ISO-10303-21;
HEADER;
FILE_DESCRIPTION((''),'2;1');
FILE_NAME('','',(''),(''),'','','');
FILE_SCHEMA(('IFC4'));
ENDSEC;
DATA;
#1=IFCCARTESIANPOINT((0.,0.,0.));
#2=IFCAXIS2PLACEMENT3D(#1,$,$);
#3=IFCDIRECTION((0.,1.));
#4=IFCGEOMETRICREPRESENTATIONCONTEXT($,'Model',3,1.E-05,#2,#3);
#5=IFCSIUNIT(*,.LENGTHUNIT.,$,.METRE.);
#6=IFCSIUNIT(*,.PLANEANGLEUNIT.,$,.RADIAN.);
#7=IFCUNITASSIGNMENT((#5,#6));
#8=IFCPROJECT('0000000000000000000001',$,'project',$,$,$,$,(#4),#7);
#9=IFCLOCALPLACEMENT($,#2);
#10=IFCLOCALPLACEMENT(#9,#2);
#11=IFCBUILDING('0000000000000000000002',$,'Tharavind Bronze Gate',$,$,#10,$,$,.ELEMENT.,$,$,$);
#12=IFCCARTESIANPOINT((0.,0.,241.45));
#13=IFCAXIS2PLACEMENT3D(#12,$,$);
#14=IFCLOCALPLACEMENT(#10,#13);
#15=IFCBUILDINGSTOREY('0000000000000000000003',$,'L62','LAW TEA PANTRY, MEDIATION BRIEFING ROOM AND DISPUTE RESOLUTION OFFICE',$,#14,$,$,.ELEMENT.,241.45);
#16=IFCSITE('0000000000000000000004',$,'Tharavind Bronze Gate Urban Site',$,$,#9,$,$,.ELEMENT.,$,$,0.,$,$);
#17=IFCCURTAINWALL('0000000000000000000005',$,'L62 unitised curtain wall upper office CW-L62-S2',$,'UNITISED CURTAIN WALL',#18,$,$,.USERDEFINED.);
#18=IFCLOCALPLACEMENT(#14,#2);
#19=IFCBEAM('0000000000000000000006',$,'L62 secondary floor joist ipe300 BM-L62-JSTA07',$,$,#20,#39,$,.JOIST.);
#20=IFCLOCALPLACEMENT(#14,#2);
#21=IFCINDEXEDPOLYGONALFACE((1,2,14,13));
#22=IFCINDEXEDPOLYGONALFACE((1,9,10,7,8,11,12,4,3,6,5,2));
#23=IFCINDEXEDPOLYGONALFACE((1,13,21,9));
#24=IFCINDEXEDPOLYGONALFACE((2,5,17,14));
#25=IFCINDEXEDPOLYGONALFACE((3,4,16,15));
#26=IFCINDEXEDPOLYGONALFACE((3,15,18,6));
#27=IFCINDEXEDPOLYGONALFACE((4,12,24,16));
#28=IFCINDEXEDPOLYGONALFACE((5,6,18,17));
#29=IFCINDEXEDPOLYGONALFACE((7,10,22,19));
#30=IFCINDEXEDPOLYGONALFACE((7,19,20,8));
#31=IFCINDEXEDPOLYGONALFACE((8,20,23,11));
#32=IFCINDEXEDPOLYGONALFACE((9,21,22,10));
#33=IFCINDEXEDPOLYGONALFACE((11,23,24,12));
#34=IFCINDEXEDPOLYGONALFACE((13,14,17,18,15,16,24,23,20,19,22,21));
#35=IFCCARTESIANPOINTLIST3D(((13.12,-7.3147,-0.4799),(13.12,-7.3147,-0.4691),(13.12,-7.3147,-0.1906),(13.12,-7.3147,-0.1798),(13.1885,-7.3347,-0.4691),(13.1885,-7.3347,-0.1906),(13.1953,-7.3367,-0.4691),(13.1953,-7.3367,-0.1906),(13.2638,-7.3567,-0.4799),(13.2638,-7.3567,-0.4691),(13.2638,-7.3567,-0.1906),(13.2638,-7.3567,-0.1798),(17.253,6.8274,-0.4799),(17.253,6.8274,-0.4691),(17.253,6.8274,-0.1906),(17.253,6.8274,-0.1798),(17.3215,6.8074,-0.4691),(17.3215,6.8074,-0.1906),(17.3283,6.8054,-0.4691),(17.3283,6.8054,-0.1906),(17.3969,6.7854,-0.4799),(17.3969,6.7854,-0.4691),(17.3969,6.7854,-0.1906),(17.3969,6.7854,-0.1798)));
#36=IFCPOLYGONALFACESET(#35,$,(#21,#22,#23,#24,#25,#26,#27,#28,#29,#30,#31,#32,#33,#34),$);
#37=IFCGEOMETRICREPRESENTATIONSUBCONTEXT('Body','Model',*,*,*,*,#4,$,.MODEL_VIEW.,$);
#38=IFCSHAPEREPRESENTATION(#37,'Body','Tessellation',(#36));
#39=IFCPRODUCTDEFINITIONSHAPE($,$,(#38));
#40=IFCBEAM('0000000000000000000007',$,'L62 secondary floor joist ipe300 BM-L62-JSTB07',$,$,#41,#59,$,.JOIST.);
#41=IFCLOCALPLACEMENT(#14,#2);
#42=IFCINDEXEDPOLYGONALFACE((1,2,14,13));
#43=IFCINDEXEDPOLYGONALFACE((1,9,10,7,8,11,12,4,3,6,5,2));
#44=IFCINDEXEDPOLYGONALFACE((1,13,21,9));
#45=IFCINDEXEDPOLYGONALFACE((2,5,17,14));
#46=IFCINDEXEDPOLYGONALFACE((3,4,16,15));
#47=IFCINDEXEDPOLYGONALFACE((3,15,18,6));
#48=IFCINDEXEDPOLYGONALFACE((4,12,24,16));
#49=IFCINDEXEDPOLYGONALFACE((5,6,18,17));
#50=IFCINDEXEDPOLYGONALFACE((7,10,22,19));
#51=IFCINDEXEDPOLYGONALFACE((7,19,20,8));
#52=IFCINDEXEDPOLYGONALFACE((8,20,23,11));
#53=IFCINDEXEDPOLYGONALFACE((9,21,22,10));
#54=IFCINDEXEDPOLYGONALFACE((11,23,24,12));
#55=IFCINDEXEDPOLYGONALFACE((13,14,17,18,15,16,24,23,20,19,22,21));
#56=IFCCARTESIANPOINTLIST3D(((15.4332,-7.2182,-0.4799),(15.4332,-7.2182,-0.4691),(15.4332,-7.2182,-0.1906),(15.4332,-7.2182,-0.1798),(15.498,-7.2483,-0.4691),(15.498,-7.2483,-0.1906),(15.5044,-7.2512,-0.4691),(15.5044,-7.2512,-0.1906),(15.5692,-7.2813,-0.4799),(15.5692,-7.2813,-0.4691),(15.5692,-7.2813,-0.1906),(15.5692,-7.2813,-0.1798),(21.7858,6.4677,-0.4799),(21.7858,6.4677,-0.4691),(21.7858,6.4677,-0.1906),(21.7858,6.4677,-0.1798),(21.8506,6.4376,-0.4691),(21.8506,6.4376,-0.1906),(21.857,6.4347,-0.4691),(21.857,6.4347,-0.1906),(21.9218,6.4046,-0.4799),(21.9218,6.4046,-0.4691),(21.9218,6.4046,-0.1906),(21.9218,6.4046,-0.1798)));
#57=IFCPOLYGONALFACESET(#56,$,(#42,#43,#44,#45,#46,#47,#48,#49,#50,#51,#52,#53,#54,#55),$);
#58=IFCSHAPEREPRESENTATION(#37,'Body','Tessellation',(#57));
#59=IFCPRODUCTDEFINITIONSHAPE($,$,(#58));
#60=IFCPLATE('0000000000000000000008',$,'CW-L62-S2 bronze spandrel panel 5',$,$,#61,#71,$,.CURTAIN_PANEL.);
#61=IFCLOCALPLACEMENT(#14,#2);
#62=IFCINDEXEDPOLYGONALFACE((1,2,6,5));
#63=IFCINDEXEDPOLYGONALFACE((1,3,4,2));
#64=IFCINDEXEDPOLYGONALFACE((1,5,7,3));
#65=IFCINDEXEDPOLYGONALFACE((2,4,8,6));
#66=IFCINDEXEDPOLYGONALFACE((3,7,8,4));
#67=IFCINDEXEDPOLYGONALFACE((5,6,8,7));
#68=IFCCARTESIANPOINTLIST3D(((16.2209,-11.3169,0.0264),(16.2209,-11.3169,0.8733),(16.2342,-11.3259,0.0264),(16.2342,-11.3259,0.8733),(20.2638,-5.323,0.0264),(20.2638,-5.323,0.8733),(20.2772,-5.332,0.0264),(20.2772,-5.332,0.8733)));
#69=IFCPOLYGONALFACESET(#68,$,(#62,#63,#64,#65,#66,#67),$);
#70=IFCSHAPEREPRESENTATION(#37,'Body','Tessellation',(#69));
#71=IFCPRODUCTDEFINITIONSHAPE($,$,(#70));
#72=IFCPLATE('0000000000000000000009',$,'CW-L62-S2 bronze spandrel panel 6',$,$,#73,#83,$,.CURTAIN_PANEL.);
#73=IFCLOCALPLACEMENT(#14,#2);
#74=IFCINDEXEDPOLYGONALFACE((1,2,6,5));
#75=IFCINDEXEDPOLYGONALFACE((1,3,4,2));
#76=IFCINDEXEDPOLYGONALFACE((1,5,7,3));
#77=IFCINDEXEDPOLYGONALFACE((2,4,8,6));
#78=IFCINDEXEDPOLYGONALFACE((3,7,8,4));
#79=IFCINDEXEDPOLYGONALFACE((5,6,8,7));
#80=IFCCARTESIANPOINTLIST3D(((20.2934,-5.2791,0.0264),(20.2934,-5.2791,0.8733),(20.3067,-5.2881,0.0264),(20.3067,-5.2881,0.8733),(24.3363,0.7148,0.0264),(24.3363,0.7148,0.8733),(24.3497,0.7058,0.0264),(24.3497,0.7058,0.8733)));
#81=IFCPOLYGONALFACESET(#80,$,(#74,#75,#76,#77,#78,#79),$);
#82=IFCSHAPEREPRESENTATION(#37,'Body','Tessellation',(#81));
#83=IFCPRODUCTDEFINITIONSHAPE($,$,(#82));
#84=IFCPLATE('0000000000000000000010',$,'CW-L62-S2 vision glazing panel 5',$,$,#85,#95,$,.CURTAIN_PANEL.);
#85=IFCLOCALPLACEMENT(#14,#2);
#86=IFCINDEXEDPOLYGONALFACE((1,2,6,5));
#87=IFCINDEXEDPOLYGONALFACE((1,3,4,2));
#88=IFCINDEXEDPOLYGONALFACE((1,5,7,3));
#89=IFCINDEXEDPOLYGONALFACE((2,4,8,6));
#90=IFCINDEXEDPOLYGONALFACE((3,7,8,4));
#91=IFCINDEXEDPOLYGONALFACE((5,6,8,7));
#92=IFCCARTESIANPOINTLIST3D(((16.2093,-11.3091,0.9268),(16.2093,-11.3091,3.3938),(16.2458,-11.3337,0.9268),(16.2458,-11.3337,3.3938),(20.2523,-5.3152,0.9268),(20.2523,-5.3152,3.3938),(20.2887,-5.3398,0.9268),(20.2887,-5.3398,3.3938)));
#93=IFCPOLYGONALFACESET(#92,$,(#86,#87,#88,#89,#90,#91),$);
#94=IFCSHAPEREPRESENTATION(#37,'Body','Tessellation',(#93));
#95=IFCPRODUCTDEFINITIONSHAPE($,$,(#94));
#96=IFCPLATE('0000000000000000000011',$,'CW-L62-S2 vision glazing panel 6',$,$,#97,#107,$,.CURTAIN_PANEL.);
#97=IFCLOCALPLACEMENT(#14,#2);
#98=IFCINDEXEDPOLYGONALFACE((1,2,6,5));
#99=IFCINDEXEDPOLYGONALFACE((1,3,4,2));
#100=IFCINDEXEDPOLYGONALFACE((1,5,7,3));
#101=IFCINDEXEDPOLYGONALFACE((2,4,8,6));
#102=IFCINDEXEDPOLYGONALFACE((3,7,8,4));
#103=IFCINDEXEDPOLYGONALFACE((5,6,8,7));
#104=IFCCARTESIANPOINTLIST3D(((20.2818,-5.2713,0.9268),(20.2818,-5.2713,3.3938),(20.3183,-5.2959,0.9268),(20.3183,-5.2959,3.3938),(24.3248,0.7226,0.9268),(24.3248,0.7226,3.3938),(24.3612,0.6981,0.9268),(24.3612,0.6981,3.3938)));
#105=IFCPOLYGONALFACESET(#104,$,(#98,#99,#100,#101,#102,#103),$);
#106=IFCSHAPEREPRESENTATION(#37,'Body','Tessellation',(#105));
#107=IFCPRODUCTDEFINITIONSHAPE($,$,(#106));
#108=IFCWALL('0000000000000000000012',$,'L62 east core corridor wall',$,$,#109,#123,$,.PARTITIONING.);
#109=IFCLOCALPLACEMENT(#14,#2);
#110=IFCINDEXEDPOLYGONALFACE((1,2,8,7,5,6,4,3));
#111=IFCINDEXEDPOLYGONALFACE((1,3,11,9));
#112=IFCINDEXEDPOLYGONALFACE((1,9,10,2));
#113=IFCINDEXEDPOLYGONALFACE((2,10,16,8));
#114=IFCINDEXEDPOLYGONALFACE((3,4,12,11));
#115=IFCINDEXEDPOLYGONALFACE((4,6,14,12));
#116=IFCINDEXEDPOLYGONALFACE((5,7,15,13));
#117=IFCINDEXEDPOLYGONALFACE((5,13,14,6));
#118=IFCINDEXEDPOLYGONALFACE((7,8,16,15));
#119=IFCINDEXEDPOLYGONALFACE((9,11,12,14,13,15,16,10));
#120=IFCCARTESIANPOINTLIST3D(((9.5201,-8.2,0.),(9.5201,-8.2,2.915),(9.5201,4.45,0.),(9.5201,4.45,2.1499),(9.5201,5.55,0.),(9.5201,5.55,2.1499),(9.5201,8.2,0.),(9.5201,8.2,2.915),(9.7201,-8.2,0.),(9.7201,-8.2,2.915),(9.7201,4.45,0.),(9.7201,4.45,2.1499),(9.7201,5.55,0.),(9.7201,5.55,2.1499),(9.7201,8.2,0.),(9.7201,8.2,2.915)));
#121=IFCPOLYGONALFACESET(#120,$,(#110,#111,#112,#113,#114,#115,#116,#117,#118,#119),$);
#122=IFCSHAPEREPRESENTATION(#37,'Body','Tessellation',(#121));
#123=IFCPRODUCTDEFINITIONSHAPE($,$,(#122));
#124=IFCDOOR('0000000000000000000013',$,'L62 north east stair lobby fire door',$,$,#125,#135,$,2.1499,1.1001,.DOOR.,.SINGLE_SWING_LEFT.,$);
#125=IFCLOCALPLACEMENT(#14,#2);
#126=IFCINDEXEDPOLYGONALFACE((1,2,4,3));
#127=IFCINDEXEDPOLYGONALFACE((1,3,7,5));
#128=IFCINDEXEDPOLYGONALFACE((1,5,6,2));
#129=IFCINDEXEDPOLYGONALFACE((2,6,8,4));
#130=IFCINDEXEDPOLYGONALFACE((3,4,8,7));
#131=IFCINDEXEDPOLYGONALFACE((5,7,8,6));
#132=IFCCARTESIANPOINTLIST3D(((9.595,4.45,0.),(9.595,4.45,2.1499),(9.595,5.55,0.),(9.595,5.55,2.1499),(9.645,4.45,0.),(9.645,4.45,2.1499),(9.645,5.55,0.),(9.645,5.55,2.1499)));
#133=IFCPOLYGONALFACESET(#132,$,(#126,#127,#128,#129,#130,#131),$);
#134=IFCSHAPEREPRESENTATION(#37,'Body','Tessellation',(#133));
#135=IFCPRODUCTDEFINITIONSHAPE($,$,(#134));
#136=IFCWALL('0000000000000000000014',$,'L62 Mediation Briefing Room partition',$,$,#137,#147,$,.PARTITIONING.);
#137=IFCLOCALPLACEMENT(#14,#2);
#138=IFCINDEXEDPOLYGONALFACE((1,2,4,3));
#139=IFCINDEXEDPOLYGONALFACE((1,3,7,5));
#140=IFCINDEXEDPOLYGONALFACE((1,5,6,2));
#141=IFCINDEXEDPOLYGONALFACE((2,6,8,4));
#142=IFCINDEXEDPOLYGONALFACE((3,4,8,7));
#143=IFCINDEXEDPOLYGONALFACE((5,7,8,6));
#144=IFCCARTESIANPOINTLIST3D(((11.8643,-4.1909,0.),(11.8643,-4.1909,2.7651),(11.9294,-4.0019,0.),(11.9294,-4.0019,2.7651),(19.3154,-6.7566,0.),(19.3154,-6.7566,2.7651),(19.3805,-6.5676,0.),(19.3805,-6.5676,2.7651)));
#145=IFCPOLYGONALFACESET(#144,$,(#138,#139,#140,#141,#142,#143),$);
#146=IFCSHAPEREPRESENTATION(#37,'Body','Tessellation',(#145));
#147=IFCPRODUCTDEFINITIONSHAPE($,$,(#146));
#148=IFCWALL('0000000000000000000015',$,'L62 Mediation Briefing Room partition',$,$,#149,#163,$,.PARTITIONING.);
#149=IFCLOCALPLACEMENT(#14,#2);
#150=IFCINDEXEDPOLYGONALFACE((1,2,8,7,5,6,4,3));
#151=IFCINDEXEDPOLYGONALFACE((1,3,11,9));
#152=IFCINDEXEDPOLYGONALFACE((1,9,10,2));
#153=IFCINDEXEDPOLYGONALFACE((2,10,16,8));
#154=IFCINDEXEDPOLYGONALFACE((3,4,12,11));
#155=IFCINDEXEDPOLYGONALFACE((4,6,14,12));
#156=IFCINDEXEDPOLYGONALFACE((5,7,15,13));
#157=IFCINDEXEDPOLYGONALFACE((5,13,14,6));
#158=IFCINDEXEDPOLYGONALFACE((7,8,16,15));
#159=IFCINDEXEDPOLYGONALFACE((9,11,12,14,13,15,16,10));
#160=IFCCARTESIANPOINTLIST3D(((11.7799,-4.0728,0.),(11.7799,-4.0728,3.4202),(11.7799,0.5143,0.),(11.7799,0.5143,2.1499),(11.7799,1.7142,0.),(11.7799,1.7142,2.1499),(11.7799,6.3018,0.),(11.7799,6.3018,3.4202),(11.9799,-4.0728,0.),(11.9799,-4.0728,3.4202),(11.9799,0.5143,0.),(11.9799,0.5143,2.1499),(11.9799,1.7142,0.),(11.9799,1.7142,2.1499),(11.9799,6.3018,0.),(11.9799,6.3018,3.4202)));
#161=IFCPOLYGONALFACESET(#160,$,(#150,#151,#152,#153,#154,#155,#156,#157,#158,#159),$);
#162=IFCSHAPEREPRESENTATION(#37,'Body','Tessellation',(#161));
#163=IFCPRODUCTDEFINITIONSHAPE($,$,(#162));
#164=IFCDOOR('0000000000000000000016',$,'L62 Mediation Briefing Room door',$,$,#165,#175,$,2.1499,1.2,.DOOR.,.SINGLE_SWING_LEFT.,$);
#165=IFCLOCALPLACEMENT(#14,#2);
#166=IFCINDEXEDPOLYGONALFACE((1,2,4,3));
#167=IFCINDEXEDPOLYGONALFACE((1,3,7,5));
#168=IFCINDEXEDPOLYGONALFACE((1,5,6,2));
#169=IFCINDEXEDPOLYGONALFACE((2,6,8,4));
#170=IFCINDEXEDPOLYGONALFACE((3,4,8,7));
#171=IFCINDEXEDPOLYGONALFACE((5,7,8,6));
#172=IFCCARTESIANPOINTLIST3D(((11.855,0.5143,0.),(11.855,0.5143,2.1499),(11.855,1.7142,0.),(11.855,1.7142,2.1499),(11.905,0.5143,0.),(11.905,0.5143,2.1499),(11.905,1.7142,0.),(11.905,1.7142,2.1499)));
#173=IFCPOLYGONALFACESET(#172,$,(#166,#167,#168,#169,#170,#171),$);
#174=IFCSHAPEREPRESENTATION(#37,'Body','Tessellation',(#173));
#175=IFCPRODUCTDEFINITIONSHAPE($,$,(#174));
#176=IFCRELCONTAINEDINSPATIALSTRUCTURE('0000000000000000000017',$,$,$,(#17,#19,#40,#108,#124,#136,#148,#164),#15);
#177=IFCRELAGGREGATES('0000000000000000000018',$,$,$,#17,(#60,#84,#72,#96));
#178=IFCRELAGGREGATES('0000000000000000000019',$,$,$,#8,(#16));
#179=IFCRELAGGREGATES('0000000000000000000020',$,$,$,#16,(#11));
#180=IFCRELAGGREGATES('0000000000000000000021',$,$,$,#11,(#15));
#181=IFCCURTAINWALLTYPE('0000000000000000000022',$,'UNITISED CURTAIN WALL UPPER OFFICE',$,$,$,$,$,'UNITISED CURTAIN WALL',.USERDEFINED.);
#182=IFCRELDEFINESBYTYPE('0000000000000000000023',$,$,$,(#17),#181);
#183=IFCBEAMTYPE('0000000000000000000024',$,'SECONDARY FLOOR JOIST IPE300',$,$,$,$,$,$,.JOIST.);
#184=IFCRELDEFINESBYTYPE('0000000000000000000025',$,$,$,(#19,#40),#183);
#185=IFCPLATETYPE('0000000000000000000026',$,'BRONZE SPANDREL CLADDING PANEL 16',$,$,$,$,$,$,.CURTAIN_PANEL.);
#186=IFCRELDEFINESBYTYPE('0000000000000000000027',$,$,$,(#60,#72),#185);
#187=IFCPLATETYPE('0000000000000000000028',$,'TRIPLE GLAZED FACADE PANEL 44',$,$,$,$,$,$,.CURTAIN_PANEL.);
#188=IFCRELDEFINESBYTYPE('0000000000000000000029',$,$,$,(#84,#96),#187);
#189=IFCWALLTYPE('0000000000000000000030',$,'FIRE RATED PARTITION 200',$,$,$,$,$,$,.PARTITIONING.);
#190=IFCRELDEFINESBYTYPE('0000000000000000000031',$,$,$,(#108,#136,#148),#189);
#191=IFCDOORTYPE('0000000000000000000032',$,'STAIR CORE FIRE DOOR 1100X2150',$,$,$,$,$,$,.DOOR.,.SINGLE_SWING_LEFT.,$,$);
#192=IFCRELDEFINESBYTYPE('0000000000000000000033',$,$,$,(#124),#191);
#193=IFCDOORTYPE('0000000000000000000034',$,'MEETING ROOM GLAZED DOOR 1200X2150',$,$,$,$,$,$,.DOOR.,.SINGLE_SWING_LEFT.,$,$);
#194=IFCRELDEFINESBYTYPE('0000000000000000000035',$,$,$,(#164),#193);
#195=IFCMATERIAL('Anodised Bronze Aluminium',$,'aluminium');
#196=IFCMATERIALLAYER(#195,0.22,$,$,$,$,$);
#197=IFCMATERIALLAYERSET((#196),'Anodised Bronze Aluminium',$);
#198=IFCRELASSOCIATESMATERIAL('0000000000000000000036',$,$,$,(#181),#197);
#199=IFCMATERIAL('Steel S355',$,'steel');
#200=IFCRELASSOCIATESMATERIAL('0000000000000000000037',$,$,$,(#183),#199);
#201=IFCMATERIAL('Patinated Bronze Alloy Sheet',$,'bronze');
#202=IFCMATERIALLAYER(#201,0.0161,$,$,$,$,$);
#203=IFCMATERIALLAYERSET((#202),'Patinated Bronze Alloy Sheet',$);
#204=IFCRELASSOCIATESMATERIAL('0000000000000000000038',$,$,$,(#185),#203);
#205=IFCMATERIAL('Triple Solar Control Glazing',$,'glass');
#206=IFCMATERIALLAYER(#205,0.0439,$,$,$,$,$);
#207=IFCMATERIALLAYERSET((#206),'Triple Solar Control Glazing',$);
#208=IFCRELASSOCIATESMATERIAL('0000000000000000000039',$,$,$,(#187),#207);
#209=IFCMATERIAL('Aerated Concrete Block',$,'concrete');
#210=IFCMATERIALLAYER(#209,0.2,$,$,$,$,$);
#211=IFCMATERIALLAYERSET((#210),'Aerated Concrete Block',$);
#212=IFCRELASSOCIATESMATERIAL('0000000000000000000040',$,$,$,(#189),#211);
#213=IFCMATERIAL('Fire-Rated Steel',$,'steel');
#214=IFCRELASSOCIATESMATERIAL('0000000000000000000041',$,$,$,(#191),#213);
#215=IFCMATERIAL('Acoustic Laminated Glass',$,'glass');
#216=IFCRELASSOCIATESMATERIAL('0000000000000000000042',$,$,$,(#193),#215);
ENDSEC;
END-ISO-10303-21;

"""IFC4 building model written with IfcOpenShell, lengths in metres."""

from ifc_helpers import new_model, si_unit, direction, frame, frame_2d, origin, origin_2d, place, context, subcontext, project, spatial, rectangle, i_section, extrude, material, layer, layer_set, material_profile, profile_set, type_object, element, fill, aggregate, save


model = new_model("IFC4")

# Units and contexts
model_context = context("Model", 3, precision=1e-05, world=origin(), true_north=direction((0.0, 1.0)))
body_context = subcontext(model_context, "Body", "Model", "MODEL_VIEW")
ifc_project = project(units=[si_unit("LENGTHUNIT", "METRE"), si_unit("PLANEANGLEUNIT", "RADIAN")], contexts=[model_context])

# Site, building, storey
site_placement = place(None, origin())
site = spatial("IfcSite", under=ifc_project, at=site_placement, Name="Tharavind Bronze Gate Urban Site", CompositionType="ELEMENT", RefElevation=0.0)
building_placement = place(site_placement, origin())
building = spatial("IfcBuilding", under=site, at=building_placement, Name="Tharavind Bronze Gate", CompositionType="ELEMENT")
storey_placement = place(building_placement, frame((0.0, 0.0, 241.45)))
storey = spatial("IfcBuildingStorey", under=building, at=storey_placement, Name="L62", Description="LAW TEA PANTRY, MEDIATION BRIEFING ROOM AND DISPUTE RESOLUTION OFFICE", CompositionType="ELEMENT", Elevation=241.45)

# Curtain wall
ifc_material_1 = material(Name="Anodised Bronze Aluminium", Category="aluminium")
ifc_layer_1 = layer(ifc_material_1, 0.22)
ifc_layer_set_1 = layer_set([ifc_layer_1], Name="Anodised Bronze Aluminium")
curtain_wall_type = type_object("IfcCurtainWallType", Name="UNITISED CURTAIN WALL UPPER OFFICE", ElementType="UNITISED CURTAIN WALL", PredefinedType="USERDEFINED", material=ifc_layer_set_1)
curtain_wall_placement = place(storey_placement, origin())
curtain_wall = element("IfcCurtainWall", 1, at=curtain_wall_placement, inside=storey, type_object=curtain_wall_type, Name="L62 unitised curtain wall upper office CW-L62-S2", ObjectType="UNITISED CURTAIN WALL", PredefinedType="USERDEFINED")

# Beams
ifc_material_2 = material(Name="Steel S355", Category="steel")
ifc_material_profile_1 = material_profile(ifc_material_2, i_section(OverallWidth=0.1499, OverallDepth=0.3, WebThickness=0.0071, FlangeThickness=0.0107, at=origin_2d()), Name="IPE300")
ifc_profile_set_1 = profile_set([ifc_material_profile_1], Name="Steel S355")
beam_type_1 = type_object("IfcBeamType", Name="SECONDARY FLOOR JOIST IPE300", PredefinedType="JOIST", material=ifc_profile_set_1)
beam_1_placement = place(storey_placement, frame((13.1919, -7.3357, -0.3298), z_axis=(0.280518, 0.959849, 0.0), x_axis=(-0.959849, 0.280518, 0.0)))
element("IfcBeam", 2, at=beam_1_placement, inside=storey, type_object=beam_type_1, Name="L62 secondary floor joist ipe300 BM-L62-JSTA07", PredefinedType="JOIST", context=body_context, shape_type="SweptSolid", body=[
    extrude(i_section(OverallWidth=0.1499, OverallDepth=0.3, WebThickness=0.0071, FlangeThickness=0.0107, at=origin_2d()), origin(), (0.0, 0.0, 1.0), 14.7336),
])
beam_2_placement = place(storey_placement, frame((15.5012, -7.2498, -0.3298), z_axis=(0.421025, 0.907049, 0.0), x_axis=(-0.907049, 0.421025, 0.0)))
element("IfcBeam", 3, at=beam_2_placement, inside=storey, type_object=beam_type_1, Name="L62 secondary floor joist ipe300 BM-L62-JSTB07", PredefinedType="JOIST", context=body_context, shape_type="SweptSolid", body=[
    extrude(i_section(OverallWidth=0.1499, OverallDepth=0.3, WebThickness=0.0071, FlangeThickness=0.0107, at=origin_2d()), origin(), (0.0, 0.0, 1.0), 15.0884),
])

# Plates
ifc_material_3 = material(Name="Patinated Bronze Alloy Sheet", Category="bronze")
ifc_layer_2 = layer(ifc_material_3, 0.0161)
ifc_layer_set_2 = layer_set([ifc_layer_2], Name="Patinated Bronze Alloy Sheet")
plate_type_1 = type_object("IfcPlateType", Name="BRONZE SPANDREL CLADDING PANEL 16", PredefinedType="CURTAIN_PANEL", material=ifc_layer_set_2)
plate_1_placement = place(storey_placement, frame((18.249, -8.3245, 0.0264), z_axis=(0.0, 0.0, 1.0), x_axis=(0.559193, 0.829038, 0.0)))
plate_1 = element("IfcPlate", 4, at=plate_1_placement, type_object=plate_type_1, Name="CW-L62-S2 bronze spandrel panel 5", PredefinedType="CURTAIN_PANEL", context=body_context, shape_type="SweptSolid", body=[
    extrude(rectangle(XDim=7.23, YDim=0.0161, at=origin_2d()), origin(), (0.0, 0.0, 1.0), 0.8469),
])
plate_2_placement = place(storey_placement, frame((22.3215, -2.2866, 0.0264), z_axis=(0.0, 0.0, 1.0), x_axis=(0.559193, 0.829038, 0.0)))
plate_2 = element("IfcPlate", 5, at=plate_2_placement, type_object=plate_type_1, Name="CW-L62-S2 bronze spandrel panel 6", PredefinedType="CURTAIN_PANEL", context=body_context, shape_type="SweptSolid", body=[
    extrude(rectangle(XDim=7.23, YDim=0.0161, at=origin_2d()), origin(), (0.0, 0.0, 1.0), 0.8469),
])
ifc_material_4 = material(Name="Triple Solar Control Glazing", Category="glass")
ifc_layer_3 = layer(ifc_material_4, 0.0439)
ifc_layer_set_3 = layer_set([ifc_layer_3], Name="Triple Solar Control Glazing")
plate_type_2 = type_object("IfcPlateType", Name="TRIPLE GLAZED FACADE PANEL 44", PredefinedType="CURTAIN_PANEL", material=ifc_layer_set_3)
plate_3_placement = place(storey_placement, frame((18.249, -8.3245, 0.9268), z_axis=(0.0, 0.0, 1.0), x_axis=(0.559193, 0.829038, 0.0)))
plate_3 = element("IfcPlate", 6, at=plate_3_placement, type_object=plate_type_2, Name="CW-L62-S2 vision glazing panel 5", PredefinedType="CURTAIN_PANEL", context=body_context, shape_type="SweptSolid", body=[
    extrude(rectangle(XDim=7.23, YDim=0.0439, at=origin_2d()), origin(), (0.0, 0.0, 1.0), 2.467),
])
plate_4_placement = place(storey_placement, frame((22.3215, -2.2866, 0.9268), z_axis=(0.0, 0.0, 1.0), x_axis=(0.559193, 0.829038, 0.0)))
plate_4 = element("IfcPlate", 7, at=plate_4_placement, type_object=plate_type_2, Name="CW-L62-S2 vision glazing panel 6", PredefinedType="CURTAIN_PANEL", context=body_context, shape_type="SweptSolid", body=[
    extrude(rectangle(XDim=7.23, YDim=0.0439, at=origin_2d()), origin(), (0.0, 0.0, 1.0), 2.467),
])
aggregate(curtain_wall, [plate_1, plate_3, plate_2, plate_4])

# Wall, opening, door
ifc_material_5 = material(Name="Aerated Concrete Block", Category="concrete")
ifc_layer_4 = layer(ifc_material_5, 0.2)
ifc_layer_set_4 = layer_set([ifc_layer_4], Name="Aerated Concrete Block")
wall_type_1 = type_object("IfcWallType", Name="FIRE RATED PARTITION 200", PredefinedType="PARTITIONING", material=ifc_layer_set_4)
wall_1_placement = place(storey_placement, frame((9.6201, -8.2, 0.0), z_axis=(0.0, 0.0, 1.0), x_axis=(0.0, 1.0, 0.0)))
wall_1 = element("IfcWall", 8, at=wall_1_placement, inside=storey, type_object=wall_type_1, Name="L62 east core corridor wall", PredefinedType="PARTITIONING", context=body_context, shape_type="SweptSolid", body=[
    extrude(rectangle(XDim=16.3999, YDim=0.2, at=frame_2d((8.2, 0.0))), origin(), (0.0, 0.0, 1.0), 2.915),
])
opening_1_placement = place(wall_1_placement, frame((12.6499, 0.0, 0.0)))
opening_1 = element("IfcOpeningElement", 9, at=opening_1_placement, cuts=wall_1, PredefinedType="OPENING", context=body_context, shape_type="SweptSolid", body=[
    extrude(rectangle(XDim=1.1001, YDim=2.1499, at=frame_2d((0.55, 1.075))), frame((0.0, 0.1101, 0.0), z_axis=(0.0, -1.0, 0.0), x_axis=(1.0, 0.0, 0.0)), (0.0, 0.0, 1.0), 0.22),
])
ifc_material_6 = material(Name="Fire-Rated Steel", Category="steel")
door_type_1 = type_object("IfcDoorType", Name="STAIR CORE FIRE DOOR 1100X2150", OperationType="SINGLE_SWING_LEFT", PredefinedType="DOOR", material=ifc_material_6)
door_1_placement = place(opening_1_placement, frame((1.1001, 0.0, 0.0), z_axis=(0.0, 0.0, 1.0), x_axis=(-1.0, 0.0, 0.0)))
door_1 = element("IfcDoor", 10, at=door_1_placement, inside=storey, type_object=door_type_1, Name="L62 north east stair lobby fire door", OperationType="SINGLE_SWING_LEFT", OverallHeight=2.1499, OverallWidth=1.1001, PredefinedType="DOOR", context=body_context, shape_type="SweptSolid", body=[
    extrude(rectangle(XDim=1.1001, YDim=2.1499, at=frame_2d((0.55, 1.075))), frame((0.0, 0.0249, 0.0), z_axis=(0.0, -1.0, 0.0), x_axis=(1.0, 0.0, 0.0)), (0.0, 0.0, 1.0), 0.05),
])
fill(opening_1, door_1)

# Wall
wall_2_placement = place(storey_placement, frame((19.3479, -6.6621, 0.0), z_axis=(0.0, 0.0, 1.0), x_axis=(-0.945514, 0.325581, 0.0)))
element("IfcWall", 11, at=wall_2_placement, inside=storey, type_object=wall_type_1, Name="L62 Mediation Briefing Room partition", PredefinedType="PARTITIONING", context=body_context, shape_type="SweptSolid", body=[
    extrude(rectangle(XDim=7.8804, YDim=0.2, at=frame_2d((3.9402, 0.0))), origin(), (0.0, 0.0, 1.0), 2.7651),
])

# Wall, opening, door
wall_3_placement = place(storey_placement, frame((11.8799, -4.0728, 0.0), z_axis=(0.0, 0.0, 1.0), x_axis=(0.0, 1.0, 0.0)))
wall_3 = element("IfcWall", 12, at=wall_3_placement, inside=storey, type_object=wall_type_1, Name="L62 Mediation Briefing Room partition", PredefinedType="PARTITIONING", context=body_context, shape_type="SweptSolid", body=[
    extrude(rectangle(XDim=10.3745, YDim=0.2, at=frame_2d((5.1873, 0.0))), origin(), (0.0, 0.0, 1.0), 3.4202),
])
opening_2_placement = place(wall_3_placement, frame((4.5869, 0.0, 0.0)))
opening_2 = element("IfcOpeningElement", 13, at=opening_2_placement, cuts=wall_3, PredefinedType="OPENING", context=body_context, shape_type="SweptSolid", body=[
    extrude(rectangle(XDim=1.2, YDim=2.1499, at=frame_2d((0.6001, 1.075))), frame((0.0, 0.1101, 0.0), z_axis=(0.0, -1.0, 0.0), x_axis=(1.0, 0.0, 0.0)), (0.0, 0.0, 1.0), 0.22),
])
ifc_material_7 = material(Name="Acoustic Laminated Glass", Category="glass")
door_type_2 = type_object("IfcDoorType", Name="MEETING ROOM GLAZED DOOR 1200X2150", OperationType="SINGLE_SWING_LEFT", PredefinedType="DOOR", material=ifc_material_7)
door_2_placement = place(opening_2_placement, origin())
door_2 = element("IfcDoor", 14, at=door_2_placement, inside=storey, type_object=door_type_2, Name="L62 Mediation Briefing Room door", OperationType="SINGLE_SWING_LEFT", OverallHeight=2.1499, OverallWidth=1.2, PredefinedType="DOOR", context=body_context, shape_type="SweptSolid", body=[
    extrude(rectangle(XDim=1.2, YDim=2.1499, at=frame_2d((0.6001, 1.075))), frame((0.0, 0.0249, 0.0), z_axis=(0.0, -1.0, 0.0), x_axis=(1.0, 0.0, 0.0)), (0.0, 0.0, 1.0), 0.05),
])
fill(opening_2, door_2)

save(model, "model.ifc")
